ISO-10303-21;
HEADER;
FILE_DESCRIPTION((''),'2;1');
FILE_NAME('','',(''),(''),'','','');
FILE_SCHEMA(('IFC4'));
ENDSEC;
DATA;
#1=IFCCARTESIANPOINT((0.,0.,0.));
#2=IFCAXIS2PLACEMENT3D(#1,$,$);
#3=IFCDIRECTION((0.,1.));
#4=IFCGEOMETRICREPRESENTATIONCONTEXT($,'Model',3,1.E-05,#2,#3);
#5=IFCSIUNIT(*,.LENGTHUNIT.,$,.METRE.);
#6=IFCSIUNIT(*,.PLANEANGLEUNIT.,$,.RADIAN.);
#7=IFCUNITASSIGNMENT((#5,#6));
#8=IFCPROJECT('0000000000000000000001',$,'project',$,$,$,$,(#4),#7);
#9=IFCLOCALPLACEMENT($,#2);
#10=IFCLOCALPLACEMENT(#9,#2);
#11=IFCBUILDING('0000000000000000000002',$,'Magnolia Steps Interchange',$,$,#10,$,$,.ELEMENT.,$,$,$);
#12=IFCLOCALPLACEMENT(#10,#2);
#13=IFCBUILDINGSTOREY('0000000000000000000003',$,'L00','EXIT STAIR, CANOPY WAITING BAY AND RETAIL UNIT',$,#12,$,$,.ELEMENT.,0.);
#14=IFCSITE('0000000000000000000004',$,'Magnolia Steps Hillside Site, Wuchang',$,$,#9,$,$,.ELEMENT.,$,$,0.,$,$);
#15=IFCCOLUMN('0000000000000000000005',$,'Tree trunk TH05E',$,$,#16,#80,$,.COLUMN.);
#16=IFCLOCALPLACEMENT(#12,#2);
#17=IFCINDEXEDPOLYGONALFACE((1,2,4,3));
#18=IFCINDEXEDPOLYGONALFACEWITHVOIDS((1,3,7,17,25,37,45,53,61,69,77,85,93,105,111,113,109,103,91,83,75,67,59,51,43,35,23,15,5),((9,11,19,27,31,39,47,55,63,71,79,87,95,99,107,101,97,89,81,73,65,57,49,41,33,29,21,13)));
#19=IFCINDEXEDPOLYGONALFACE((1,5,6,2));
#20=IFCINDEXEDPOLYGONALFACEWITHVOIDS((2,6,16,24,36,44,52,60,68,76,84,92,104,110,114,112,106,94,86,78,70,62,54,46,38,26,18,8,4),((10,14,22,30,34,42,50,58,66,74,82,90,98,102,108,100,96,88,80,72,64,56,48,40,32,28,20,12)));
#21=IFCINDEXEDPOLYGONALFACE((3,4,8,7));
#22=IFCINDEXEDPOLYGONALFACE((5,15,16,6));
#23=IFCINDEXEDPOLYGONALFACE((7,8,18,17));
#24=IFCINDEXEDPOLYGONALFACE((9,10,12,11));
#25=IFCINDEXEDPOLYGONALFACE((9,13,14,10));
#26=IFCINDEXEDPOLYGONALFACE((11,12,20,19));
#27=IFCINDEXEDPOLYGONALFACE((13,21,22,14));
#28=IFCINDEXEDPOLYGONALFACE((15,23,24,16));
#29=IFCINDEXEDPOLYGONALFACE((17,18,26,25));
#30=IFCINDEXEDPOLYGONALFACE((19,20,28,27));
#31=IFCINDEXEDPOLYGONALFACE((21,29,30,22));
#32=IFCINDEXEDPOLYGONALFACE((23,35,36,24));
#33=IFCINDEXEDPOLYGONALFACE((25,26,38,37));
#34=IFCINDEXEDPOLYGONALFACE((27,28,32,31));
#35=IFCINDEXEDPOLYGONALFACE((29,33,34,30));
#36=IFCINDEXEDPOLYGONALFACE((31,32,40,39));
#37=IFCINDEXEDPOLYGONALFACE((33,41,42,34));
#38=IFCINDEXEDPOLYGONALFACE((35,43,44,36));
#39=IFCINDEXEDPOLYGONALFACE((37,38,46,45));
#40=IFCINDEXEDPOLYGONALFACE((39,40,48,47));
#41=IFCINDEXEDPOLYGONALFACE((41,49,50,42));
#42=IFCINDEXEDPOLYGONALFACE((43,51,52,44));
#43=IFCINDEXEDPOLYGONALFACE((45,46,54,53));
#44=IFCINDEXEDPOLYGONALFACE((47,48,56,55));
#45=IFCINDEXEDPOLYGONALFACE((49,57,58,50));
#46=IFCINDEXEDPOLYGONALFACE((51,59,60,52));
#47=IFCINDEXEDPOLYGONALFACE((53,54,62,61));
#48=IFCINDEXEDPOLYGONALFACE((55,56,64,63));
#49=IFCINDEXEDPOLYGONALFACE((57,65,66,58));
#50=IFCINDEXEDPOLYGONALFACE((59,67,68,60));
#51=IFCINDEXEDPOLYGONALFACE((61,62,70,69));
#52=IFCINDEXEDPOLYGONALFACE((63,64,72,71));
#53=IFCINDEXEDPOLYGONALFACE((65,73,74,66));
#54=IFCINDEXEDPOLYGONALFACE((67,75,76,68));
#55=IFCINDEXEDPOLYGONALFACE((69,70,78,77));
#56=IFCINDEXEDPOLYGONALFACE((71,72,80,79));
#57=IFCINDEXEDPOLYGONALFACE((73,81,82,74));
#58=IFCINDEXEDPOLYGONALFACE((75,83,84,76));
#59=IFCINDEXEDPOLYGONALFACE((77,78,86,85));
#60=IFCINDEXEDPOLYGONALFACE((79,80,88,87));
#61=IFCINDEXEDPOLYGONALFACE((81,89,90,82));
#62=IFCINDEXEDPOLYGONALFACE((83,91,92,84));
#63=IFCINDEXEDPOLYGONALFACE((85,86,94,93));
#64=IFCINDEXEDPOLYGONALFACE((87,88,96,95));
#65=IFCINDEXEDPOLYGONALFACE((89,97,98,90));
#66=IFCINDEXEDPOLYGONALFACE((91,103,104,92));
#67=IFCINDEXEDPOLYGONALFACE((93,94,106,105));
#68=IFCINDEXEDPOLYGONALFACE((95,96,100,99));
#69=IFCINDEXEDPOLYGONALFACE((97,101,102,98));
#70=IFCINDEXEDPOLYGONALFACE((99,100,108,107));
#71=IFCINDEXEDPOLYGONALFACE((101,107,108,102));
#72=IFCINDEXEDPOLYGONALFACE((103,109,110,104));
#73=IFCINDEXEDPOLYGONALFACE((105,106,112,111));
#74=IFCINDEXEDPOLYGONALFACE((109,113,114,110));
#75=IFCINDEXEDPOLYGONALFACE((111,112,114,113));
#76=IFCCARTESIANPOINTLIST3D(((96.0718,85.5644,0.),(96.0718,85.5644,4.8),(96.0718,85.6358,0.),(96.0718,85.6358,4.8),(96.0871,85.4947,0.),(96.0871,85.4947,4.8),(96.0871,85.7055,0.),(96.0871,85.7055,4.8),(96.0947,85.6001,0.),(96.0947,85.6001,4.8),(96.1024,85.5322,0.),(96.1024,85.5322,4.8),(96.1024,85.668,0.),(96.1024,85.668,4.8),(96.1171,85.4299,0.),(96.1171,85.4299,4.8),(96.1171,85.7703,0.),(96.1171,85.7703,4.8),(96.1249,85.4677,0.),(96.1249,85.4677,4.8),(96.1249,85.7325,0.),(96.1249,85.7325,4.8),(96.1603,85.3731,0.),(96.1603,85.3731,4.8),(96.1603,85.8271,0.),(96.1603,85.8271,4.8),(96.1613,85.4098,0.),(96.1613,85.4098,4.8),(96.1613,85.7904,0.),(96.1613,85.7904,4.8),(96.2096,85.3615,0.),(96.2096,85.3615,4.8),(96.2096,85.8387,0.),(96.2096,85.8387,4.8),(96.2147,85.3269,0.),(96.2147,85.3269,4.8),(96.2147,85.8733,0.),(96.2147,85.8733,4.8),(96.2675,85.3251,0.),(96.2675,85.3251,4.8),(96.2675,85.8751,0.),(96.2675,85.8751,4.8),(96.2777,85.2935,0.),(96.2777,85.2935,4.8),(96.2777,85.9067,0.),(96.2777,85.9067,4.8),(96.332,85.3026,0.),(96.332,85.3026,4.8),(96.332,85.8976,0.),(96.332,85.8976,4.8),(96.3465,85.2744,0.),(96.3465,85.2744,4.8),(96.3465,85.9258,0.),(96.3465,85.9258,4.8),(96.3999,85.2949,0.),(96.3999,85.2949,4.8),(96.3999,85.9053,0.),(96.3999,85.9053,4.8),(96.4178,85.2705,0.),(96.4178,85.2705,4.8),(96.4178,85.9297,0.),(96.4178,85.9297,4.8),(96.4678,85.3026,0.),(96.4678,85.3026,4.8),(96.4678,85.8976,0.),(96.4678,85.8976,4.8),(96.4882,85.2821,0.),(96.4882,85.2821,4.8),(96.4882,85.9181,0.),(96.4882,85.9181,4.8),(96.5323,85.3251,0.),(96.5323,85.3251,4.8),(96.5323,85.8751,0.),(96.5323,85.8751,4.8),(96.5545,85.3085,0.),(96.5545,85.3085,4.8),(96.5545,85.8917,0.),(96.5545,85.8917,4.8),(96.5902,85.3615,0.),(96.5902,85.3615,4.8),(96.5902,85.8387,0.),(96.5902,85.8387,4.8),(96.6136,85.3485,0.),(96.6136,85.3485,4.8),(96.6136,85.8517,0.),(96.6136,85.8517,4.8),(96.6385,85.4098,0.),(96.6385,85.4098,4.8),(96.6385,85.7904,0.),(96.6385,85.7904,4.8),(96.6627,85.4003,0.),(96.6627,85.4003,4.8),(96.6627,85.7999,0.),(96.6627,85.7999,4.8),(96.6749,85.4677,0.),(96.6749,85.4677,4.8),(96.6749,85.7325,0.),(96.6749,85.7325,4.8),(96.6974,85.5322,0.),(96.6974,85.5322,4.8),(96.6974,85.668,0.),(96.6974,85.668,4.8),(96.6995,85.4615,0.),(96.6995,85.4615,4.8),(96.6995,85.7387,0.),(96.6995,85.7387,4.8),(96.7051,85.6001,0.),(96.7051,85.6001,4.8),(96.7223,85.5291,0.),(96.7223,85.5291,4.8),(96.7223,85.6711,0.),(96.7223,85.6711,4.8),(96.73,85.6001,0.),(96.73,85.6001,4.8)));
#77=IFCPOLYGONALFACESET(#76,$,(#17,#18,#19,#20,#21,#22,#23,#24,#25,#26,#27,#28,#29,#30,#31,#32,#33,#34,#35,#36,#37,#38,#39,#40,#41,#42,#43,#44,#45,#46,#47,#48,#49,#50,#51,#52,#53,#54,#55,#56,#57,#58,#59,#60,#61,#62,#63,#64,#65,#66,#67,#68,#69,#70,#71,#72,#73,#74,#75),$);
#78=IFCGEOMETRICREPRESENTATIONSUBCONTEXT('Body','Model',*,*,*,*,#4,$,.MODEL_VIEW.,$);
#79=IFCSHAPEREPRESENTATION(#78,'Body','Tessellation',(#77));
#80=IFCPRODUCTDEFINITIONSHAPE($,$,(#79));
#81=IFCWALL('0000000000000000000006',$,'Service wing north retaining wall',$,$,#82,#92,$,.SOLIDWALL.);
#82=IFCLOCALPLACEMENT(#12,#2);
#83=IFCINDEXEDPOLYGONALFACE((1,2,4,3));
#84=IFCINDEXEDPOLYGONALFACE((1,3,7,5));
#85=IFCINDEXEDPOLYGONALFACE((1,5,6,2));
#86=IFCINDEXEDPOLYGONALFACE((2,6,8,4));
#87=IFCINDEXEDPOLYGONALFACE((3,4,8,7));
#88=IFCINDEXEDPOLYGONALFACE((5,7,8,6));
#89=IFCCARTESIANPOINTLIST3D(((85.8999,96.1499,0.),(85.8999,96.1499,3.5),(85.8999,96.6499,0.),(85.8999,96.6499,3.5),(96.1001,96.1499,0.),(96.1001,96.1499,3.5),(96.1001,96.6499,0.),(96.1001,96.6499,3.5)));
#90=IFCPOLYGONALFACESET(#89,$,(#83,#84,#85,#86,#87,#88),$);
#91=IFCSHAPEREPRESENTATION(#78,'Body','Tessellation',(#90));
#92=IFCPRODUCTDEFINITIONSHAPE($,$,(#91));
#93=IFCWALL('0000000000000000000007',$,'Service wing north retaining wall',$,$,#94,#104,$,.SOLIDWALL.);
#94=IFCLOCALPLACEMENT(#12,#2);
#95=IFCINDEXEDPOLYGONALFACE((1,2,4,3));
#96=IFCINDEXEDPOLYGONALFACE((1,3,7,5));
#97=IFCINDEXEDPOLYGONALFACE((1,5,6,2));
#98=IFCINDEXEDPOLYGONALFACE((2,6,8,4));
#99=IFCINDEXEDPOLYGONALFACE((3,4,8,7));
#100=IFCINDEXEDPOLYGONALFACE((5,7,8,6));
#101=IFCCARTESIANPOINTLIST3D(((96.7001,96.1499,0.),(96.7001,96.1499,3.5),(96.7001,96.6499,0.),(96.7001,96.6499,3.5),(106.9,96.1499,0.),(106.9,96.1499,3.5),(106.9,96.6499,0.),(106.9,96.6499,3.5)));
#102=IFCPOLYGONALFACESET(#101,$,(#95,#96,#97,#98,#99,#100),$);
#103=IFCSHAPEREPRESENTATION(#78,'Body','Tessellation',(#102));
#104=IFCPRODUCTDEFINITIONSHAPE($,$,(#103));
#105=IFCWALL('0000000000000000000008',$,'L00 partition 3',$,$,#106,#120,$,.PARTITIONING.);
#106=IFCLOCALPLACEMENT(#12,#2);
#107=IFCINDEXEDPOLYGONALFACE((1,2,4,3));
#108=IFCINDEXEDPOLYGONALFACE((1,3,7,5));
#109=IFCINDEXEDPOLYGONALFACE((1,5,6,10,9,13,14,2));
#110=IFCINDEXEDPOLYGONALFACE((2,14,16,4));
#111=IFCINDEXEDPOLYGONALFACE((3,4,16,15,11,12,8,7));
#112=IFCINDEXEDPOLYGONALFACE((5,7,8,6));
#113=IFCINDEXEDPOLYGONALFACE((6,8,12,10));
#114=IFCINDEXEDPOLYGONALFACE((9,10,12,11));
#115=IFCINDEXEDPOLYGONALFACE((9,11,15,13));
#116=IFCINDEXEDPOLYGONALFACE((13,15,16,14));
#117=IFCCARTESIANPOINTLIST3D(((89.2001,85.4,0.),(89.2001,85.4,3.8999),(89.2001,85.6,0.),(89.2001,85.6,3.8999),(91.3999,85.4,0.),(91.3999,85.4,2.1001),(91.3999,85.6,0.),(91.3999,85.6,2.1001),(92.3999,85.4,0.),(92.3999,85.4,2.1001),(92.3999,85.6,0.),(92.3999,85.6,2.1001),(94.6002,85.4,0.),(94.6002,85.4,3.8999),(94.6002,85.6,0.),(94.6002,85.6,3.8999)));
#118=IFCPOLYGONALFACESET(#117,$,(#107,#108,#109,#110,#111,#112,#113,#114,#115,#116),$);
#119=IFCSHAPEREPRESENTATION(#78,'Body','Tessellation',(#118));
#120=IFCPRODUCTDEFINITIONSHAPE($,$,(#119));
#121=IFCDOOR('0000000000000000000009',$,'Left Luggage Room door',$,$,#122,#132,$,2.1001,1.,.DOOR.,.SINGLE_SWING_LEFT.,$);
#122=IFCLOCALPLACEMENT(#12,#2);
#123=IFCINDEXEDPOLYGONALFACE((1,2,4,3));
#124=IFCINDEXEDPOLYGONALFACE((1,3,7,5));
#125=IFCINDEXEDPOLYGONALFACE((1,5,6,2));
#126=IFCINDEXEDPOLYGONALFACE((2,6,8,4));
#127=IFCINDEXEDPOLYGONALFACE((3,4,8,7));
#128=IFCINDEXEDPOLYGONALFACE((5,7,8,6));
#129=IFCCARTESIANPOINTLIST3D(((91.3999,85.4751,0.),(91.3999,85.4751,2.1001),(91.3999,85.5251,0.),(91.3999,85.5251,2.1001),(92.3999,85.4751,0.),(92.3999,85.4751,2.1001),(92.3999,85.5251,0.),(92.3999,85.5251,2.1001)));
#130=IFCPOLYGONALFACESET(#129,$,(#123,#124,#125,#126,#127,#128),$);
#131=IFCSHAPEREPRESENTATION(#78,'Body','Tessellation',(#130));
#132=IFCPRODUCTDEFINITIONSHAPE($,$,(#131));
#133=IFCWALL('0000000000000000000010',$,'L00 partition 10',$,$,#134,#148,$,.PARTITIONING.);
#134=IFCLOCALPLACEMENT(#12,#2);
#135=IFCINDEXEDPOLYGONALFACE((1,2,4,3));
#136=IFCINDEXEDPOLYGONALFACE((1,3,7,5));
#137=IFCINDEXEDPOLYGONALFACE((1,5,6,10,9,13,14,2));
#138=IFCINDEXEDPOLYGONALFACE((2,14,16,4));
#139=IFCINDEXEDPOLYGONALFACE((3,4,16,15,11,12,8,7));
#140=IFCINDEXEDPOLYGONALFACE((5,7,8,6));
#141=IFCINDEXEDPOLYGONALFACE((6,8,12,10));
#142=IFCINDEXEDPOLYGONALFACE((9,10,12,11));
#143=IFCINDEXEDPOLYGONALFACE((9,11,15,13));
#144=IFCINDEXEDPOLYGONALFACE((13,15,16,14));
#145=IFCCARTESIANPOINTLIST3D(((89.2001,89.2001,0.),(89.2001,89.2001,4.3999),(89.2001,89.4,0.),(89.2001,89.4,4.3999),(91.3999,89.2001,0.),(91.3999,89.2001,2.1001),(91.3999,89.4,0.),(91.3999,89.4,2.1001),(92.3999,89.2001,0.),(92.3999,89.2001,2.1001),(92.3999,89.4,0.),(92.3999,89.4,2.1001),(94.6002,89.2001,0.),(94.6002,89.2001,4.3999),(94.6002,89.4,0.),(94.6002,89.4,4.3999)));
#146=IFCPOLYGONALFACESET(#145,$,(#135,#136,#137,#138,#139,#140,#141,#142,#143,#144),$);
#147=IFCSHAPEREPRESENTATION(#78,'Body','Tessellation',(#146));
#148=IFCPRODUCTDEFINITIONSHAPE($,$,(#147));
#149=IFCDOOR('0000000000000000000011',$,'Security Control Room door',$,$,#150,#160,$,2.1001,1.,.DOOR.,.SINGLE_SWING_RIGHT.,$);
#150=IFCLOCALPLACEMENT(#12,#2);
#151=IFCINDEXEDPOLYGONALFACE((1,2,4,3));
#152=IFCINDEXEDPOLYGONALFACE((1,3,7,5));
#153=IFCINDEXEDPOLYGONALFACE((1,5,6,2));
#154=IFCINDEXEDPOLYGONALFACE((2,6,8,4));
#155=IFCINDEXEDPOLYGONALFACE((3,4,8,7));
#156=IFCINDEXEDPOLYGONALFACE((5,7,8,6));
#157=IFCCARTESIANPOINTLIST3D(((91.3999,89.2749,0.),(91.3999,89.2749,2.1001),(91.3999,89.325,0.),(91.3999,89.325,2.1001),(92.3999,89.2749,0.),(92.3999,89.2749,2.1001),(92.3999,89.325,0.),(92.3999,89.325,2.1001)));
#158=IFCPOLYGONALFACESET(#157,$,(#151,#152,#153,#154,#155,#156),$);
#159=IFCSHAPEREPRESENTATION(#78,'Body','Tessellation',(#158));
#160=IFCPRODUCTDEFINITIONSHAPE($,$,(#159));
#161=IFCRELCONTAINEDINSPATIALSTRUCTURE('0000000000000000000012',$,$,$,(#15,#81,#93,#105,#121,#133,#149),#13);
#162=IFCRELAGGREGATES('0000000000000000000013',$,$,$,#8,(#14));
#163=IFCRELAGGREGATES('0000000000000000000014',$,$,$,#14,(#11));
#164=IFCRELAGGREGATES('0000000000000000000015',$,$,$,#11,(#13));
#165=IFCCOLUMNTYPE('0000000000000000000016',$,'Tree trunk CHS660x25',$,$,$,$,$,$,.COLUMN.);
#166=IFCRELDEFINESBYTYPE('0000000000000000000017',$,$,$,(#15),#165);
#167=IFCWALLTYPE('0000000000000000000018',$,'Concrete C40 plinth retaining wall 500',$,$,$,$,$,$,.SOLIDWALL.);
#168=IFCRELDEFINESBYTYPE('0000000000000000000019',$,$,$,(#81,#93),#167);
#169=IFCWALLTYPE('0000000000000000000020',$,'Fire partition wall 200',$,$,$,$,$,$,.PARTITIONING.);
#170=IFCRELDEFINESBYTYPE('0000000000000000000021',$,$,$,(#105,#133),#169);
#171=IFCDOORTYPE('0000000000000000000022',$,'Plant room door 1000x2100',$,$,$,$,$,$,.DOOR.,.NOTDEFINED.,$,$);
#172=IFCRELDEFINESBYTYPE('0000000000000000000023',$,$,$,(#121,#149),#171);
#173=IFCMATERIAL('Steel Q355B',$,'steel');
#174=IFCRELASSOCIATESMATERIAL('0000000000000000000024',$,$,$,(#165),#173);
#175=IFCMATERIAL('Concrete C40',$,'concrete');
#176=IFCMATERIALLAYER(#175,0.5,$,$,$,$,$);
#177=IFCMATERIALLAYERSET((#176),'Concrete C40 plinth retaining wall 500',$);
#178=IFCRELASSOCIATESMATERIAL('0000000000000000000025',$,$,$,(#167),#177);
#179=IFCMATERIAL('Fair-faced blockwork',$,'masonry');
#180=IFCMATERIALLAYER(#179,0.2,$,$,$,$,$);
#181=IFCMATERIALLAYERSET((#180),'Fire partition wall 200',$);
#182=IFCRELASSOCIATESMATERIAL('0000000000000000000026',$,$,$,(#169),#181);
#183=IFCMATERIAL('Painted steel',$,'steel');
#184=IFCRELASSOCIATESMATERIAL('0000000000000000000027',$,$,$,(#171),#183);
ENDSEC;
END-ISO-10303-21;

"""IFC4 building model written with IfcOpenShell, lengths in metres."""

from ifc_helpers import new_model, si_unit, direction, frame, frame_2d, origin, origin_2d, place, context, subcontext, project, spatial, rectangle, hollow_circle, extrude, material, layer, layer_set, material_profile, profile_set, type_object, element, fill, save


model = new_model("IFC4")

# Units and contexts
model_context = context("Model", 3, precision=1e-05, world=origin(), true_north=direction((0.0, 1.0)))
body_context = subcontext(model_context, "Body", "Model", "MODEL_VIEW")
ifc_project = project(units=[si_unit("LENGTHUNIT", "METRE"), si_unit("PLANEANGLEUNIT", "RADIAN")], contexts=[model_context])

# Site, building, storey
site_placement = place(None, origin())
site = spatial("IfcSite", under=ifc_project, at=site_placement, Name="Magnolia Steps Hillside Site, Wuchang", CompositionType="ELEMENT", RefElevation=0.0)
building_placement = place(site_placement, origin())
building = spatial("IfcBuilding", under=site, at=building_placement, Name="Magnolia Steps Interchange", CompositionType="ELEMENT")
storey_placement = place(building_placement, origin())
storey = spatial("IfcBuildingStorey", under=building, at=storey_placement, Name="L00", Description="EXIT STAIR, CANOPY WAITING BAY AND RETAIL UNIT", CompositionType="ELEMENT", Elevation=0.0)

# Column
ifc_material_1 = material(Name="Steel Q355B", Category="steel")
ifc_material_profile_1 = material_profile(ifc_material_1, hollow_circle(Radius=0.3301, WallThickness=0.0249, at=origin_2d()), Name="CHS660x25")
ifc_profile_set_1 = profile_set([ifc_material_profile_1], Name="Steel Q355B")
column_type_1 = type_object("IfcColumnType", Name="Tree trunk CHS660x25", PredefinedType="COLUMN", material=ifc_profile_set_1)
for number, where, z_axis, x_axis, name in (
    (1, (96.3999, 85.6001, 0.0), (0.0, 0.0, 1.0), (1.0, 0.0, 0.0), "Tree trunk TH05E"),
):
    element("IfcColumn", number, at=place(storey_placement, frame(where, z_axis=z_axis, x_axis=x_axis)), inside=storey, type_object=column_type_1, Name=name, PredefinedType="COLUMN", context=body_context, shape_type="SweptSolid", body=[
        extrude(hollow_circle(Radius=0.3301, WallThickness=0.0249, at=origin_2d()), origin(), (0.0, 0.0, 1.0), 4.8),
    ])

# Walls
ifc_material_2 = material(Name="Concrete C40", Category="concrete")
ifc_layer_1 = layer(ifc_material_2, 0.5)
ifc_layer_set_1 = layer_set([ifc_layer_1], Name="Concrete C40 plinth retaining wall 500")
wall_type_1 = type_object("IfcWallType", Name="Concrete C40 plinth retaining wall 500", PredefinedType="SOLIDWALL", material=ifc_layer_set_1)
wall_1_placement = place(storey_placement, frame((85.8999, 96.3999, 0.0), z_axis=(0.0, 0.0, 1.0), x_axis=(1.0, 0.0, 0.0)))
element("IfcWall", 2, at=wall_1_placement, inside=storey, type_object=wall_type_1, Name="Service wing north retaining wall", PredefinedType="SOLIDWALL", context=body_context, shape_type="SweptSolid", body=[
    extrude(rectangle(XDim=10.2002, YDim=0.5, at=frame_2d((5.1001, 0.0))), origin(), (0.0, 0.0, 1.0), 3.5),
])
wall_2_placement = place(storey_placement, frame((96.7, 96.3999, 0.0), z_axis=(0.0, 0.0, 1.0), x_axis=(1.0, 0.0, 0.0)))
element("IfcWall", 3, at=wall_2_placement, inside=storey, type_object=wall_type_1, Name="Service wing north retaining wall", PredefinedType="SOLIDWALL", context=body_context, shape_type="SweptSolid", body=[
    extrude(rectangle(XDim=10.2, YDim=0.5, at=frame_2d((5.1001, 0.0))), origin(), (0.0, 0.0, 1.0), 3.5),
])

# Walls, openings, doors
ifc_material_3 = material(Name="Fair-faced blockwork", Category="masonry")
ifc_layer_2 = layer(ifc_material_3, 0.2)
ifc_layer_set_2 = layer_set([ifc_layer_2], Name="Fire partition wall 200")
wall_type_2 = type_object("IfcWallType", Name="Fire partition wall 200", PredefinedType="PARTITIONING", material=ifc_layer_set_2)
wall_3_placement = place(storey_placement, frame((89.2, 85.5, 0.0), z_axis=(0.0, 0.0, 1.0), x_axis=(1.0, 0.0, 0.0)))
wall_3 = element("IfcWall", 4, at=wall_3_placement, inside=storey, type_object=wall_type_2, Name="L00 partition 3", PredefinedType="PARTITIONING", context=body_context, shape_type="SweptSolid", body=[
    extrude(rectangle(XDim=5.4001, YDim=0.2, at=frame_2d((2.7002, 0.0))), origin(), (0.0, 0.0, 1.0), 3.8999),
])
opening_1_placement = place(wall_3_placement, frame((2.2, 0.0, 0.0)))
opening_1 = element("IfcOpeningElement", 5, at=opening_1_placement, cuts=wall_3, PredefinedType="OPENING", context=body_context, shape_type="SweptSolid", body=[
    extrude(rectangle(XDim=1.0, YDim=2.1001, at=frame_2d((0.5, 1.05))), frame((0.0, 0.1099, 0.0), z_axis=(0.0, -1.0, 0.0), x_axis=(1.0, 0.0, 0.0)), (0.0, 0.0, 1.0), 0.22),
])
ifc_material_4 = material(Name="Painted steel", Category="steel")
door_type_1 = type_object("IfcDoorType", Name="Plant room door 1000x2100", OperationType="NOTDEFINED", PredefinedType="DOOR", material=ifc_material_4)
door_1_placement = place(opening_1_placement, frame((1.0, 0.0, 0.0), z_axis=(0.0, 0.0, 1.0), x_axis=(-1.0, 0.0, 0.0)))
door_1 = element("IfcDoor", 6, at=door_1_placement, inside=storey, type_object=door_type_1, Name="Left Luggage Room door", OperationType="SINGLE_SWING_LEFT", OverallHeight=2.1001, OverallWidth=1.0, PredefinedType="DOOR", context=body_context, shape_type="SweptSolid", body=[
    extrude(rectangle(XDim=1.0, YDim=2.1001, at=frame_2d((0.5, 1.05))), frame((0.0, 0.0249, 0.0), z_axis=(0.0, -1.0, 0.0), x_axis=(1.0, 0.0, 0.0)), (0.0, 0.0, 1.0), 0.05),
])
fill(opening_1, door_1)
wall_4_placement = place(storey_placement, frame((89.2, 89.3, 0.0), z_axis=(0.0, 0.0, 1.0), x_axis=(1.0, 0.0, 0.0)))
wall_4 = element("IfcWall", 7, at=wall_4_placement, inside=storey, type_object=wall_type_2, Name="L00 partition 10", PredefinedType="PARTITIONING", context=body_context, shape_type="SweptSolid", body=[
    extrude(rectangle(XDim=5.4001, YDim=0.2, at=frame_2d((2.7002, 0.0))), origin(), (0.0, 0.0, 1.0), 4.3999),
])
opening_2_placement = place(wall_4_placement, frame((2.2, 0.0, 0.0)))
opening_2 = element("IfcOpeningElement", 8, at=opening_2_placement, cuts=wall_4, PredefinedType="OPENING", context=body_context, shape_type="SweptSolid", body=[
    extrude(rectangle(XDim=1.0, YDim=2.1001, at=frame_2d((0.5, 1.05))), frame((0.0, 0.1099, 0.0), z_axis=(0.0, -1.0, 0.0), x_axis=(1.0, 0.0, 0.0)), (0.0, 0.0, 1.0), 0.22),
])
door_2_placement = place(opening_2_placement, origin())
door_2 = element("IfcDoor", 9, at=door_2_placement, inside=storey, type_object=door_type_1, Name="Security Control Room door", OperationType="SINGLE_SWING_RIGHT", OverallHeight=2.1001, OverallWidth=1.0, PredefinedType="DOOR", context=body_context, shape_type="SweptSolid", body=[
    extrude(rectangle(XDim=1.0, YDim=2.1001, at=frame_2d((0.5, 1.05))), frame((0.0, 0.0249, 0.0), z_axis=(0.0, -1.0, 0.0), x_axis=(1.0, 0.0, 0.0)), (0.0, 0.0, 1.0), 0.05),
])
fill(opening_2, door_2)

save(model, "model.ifc")
